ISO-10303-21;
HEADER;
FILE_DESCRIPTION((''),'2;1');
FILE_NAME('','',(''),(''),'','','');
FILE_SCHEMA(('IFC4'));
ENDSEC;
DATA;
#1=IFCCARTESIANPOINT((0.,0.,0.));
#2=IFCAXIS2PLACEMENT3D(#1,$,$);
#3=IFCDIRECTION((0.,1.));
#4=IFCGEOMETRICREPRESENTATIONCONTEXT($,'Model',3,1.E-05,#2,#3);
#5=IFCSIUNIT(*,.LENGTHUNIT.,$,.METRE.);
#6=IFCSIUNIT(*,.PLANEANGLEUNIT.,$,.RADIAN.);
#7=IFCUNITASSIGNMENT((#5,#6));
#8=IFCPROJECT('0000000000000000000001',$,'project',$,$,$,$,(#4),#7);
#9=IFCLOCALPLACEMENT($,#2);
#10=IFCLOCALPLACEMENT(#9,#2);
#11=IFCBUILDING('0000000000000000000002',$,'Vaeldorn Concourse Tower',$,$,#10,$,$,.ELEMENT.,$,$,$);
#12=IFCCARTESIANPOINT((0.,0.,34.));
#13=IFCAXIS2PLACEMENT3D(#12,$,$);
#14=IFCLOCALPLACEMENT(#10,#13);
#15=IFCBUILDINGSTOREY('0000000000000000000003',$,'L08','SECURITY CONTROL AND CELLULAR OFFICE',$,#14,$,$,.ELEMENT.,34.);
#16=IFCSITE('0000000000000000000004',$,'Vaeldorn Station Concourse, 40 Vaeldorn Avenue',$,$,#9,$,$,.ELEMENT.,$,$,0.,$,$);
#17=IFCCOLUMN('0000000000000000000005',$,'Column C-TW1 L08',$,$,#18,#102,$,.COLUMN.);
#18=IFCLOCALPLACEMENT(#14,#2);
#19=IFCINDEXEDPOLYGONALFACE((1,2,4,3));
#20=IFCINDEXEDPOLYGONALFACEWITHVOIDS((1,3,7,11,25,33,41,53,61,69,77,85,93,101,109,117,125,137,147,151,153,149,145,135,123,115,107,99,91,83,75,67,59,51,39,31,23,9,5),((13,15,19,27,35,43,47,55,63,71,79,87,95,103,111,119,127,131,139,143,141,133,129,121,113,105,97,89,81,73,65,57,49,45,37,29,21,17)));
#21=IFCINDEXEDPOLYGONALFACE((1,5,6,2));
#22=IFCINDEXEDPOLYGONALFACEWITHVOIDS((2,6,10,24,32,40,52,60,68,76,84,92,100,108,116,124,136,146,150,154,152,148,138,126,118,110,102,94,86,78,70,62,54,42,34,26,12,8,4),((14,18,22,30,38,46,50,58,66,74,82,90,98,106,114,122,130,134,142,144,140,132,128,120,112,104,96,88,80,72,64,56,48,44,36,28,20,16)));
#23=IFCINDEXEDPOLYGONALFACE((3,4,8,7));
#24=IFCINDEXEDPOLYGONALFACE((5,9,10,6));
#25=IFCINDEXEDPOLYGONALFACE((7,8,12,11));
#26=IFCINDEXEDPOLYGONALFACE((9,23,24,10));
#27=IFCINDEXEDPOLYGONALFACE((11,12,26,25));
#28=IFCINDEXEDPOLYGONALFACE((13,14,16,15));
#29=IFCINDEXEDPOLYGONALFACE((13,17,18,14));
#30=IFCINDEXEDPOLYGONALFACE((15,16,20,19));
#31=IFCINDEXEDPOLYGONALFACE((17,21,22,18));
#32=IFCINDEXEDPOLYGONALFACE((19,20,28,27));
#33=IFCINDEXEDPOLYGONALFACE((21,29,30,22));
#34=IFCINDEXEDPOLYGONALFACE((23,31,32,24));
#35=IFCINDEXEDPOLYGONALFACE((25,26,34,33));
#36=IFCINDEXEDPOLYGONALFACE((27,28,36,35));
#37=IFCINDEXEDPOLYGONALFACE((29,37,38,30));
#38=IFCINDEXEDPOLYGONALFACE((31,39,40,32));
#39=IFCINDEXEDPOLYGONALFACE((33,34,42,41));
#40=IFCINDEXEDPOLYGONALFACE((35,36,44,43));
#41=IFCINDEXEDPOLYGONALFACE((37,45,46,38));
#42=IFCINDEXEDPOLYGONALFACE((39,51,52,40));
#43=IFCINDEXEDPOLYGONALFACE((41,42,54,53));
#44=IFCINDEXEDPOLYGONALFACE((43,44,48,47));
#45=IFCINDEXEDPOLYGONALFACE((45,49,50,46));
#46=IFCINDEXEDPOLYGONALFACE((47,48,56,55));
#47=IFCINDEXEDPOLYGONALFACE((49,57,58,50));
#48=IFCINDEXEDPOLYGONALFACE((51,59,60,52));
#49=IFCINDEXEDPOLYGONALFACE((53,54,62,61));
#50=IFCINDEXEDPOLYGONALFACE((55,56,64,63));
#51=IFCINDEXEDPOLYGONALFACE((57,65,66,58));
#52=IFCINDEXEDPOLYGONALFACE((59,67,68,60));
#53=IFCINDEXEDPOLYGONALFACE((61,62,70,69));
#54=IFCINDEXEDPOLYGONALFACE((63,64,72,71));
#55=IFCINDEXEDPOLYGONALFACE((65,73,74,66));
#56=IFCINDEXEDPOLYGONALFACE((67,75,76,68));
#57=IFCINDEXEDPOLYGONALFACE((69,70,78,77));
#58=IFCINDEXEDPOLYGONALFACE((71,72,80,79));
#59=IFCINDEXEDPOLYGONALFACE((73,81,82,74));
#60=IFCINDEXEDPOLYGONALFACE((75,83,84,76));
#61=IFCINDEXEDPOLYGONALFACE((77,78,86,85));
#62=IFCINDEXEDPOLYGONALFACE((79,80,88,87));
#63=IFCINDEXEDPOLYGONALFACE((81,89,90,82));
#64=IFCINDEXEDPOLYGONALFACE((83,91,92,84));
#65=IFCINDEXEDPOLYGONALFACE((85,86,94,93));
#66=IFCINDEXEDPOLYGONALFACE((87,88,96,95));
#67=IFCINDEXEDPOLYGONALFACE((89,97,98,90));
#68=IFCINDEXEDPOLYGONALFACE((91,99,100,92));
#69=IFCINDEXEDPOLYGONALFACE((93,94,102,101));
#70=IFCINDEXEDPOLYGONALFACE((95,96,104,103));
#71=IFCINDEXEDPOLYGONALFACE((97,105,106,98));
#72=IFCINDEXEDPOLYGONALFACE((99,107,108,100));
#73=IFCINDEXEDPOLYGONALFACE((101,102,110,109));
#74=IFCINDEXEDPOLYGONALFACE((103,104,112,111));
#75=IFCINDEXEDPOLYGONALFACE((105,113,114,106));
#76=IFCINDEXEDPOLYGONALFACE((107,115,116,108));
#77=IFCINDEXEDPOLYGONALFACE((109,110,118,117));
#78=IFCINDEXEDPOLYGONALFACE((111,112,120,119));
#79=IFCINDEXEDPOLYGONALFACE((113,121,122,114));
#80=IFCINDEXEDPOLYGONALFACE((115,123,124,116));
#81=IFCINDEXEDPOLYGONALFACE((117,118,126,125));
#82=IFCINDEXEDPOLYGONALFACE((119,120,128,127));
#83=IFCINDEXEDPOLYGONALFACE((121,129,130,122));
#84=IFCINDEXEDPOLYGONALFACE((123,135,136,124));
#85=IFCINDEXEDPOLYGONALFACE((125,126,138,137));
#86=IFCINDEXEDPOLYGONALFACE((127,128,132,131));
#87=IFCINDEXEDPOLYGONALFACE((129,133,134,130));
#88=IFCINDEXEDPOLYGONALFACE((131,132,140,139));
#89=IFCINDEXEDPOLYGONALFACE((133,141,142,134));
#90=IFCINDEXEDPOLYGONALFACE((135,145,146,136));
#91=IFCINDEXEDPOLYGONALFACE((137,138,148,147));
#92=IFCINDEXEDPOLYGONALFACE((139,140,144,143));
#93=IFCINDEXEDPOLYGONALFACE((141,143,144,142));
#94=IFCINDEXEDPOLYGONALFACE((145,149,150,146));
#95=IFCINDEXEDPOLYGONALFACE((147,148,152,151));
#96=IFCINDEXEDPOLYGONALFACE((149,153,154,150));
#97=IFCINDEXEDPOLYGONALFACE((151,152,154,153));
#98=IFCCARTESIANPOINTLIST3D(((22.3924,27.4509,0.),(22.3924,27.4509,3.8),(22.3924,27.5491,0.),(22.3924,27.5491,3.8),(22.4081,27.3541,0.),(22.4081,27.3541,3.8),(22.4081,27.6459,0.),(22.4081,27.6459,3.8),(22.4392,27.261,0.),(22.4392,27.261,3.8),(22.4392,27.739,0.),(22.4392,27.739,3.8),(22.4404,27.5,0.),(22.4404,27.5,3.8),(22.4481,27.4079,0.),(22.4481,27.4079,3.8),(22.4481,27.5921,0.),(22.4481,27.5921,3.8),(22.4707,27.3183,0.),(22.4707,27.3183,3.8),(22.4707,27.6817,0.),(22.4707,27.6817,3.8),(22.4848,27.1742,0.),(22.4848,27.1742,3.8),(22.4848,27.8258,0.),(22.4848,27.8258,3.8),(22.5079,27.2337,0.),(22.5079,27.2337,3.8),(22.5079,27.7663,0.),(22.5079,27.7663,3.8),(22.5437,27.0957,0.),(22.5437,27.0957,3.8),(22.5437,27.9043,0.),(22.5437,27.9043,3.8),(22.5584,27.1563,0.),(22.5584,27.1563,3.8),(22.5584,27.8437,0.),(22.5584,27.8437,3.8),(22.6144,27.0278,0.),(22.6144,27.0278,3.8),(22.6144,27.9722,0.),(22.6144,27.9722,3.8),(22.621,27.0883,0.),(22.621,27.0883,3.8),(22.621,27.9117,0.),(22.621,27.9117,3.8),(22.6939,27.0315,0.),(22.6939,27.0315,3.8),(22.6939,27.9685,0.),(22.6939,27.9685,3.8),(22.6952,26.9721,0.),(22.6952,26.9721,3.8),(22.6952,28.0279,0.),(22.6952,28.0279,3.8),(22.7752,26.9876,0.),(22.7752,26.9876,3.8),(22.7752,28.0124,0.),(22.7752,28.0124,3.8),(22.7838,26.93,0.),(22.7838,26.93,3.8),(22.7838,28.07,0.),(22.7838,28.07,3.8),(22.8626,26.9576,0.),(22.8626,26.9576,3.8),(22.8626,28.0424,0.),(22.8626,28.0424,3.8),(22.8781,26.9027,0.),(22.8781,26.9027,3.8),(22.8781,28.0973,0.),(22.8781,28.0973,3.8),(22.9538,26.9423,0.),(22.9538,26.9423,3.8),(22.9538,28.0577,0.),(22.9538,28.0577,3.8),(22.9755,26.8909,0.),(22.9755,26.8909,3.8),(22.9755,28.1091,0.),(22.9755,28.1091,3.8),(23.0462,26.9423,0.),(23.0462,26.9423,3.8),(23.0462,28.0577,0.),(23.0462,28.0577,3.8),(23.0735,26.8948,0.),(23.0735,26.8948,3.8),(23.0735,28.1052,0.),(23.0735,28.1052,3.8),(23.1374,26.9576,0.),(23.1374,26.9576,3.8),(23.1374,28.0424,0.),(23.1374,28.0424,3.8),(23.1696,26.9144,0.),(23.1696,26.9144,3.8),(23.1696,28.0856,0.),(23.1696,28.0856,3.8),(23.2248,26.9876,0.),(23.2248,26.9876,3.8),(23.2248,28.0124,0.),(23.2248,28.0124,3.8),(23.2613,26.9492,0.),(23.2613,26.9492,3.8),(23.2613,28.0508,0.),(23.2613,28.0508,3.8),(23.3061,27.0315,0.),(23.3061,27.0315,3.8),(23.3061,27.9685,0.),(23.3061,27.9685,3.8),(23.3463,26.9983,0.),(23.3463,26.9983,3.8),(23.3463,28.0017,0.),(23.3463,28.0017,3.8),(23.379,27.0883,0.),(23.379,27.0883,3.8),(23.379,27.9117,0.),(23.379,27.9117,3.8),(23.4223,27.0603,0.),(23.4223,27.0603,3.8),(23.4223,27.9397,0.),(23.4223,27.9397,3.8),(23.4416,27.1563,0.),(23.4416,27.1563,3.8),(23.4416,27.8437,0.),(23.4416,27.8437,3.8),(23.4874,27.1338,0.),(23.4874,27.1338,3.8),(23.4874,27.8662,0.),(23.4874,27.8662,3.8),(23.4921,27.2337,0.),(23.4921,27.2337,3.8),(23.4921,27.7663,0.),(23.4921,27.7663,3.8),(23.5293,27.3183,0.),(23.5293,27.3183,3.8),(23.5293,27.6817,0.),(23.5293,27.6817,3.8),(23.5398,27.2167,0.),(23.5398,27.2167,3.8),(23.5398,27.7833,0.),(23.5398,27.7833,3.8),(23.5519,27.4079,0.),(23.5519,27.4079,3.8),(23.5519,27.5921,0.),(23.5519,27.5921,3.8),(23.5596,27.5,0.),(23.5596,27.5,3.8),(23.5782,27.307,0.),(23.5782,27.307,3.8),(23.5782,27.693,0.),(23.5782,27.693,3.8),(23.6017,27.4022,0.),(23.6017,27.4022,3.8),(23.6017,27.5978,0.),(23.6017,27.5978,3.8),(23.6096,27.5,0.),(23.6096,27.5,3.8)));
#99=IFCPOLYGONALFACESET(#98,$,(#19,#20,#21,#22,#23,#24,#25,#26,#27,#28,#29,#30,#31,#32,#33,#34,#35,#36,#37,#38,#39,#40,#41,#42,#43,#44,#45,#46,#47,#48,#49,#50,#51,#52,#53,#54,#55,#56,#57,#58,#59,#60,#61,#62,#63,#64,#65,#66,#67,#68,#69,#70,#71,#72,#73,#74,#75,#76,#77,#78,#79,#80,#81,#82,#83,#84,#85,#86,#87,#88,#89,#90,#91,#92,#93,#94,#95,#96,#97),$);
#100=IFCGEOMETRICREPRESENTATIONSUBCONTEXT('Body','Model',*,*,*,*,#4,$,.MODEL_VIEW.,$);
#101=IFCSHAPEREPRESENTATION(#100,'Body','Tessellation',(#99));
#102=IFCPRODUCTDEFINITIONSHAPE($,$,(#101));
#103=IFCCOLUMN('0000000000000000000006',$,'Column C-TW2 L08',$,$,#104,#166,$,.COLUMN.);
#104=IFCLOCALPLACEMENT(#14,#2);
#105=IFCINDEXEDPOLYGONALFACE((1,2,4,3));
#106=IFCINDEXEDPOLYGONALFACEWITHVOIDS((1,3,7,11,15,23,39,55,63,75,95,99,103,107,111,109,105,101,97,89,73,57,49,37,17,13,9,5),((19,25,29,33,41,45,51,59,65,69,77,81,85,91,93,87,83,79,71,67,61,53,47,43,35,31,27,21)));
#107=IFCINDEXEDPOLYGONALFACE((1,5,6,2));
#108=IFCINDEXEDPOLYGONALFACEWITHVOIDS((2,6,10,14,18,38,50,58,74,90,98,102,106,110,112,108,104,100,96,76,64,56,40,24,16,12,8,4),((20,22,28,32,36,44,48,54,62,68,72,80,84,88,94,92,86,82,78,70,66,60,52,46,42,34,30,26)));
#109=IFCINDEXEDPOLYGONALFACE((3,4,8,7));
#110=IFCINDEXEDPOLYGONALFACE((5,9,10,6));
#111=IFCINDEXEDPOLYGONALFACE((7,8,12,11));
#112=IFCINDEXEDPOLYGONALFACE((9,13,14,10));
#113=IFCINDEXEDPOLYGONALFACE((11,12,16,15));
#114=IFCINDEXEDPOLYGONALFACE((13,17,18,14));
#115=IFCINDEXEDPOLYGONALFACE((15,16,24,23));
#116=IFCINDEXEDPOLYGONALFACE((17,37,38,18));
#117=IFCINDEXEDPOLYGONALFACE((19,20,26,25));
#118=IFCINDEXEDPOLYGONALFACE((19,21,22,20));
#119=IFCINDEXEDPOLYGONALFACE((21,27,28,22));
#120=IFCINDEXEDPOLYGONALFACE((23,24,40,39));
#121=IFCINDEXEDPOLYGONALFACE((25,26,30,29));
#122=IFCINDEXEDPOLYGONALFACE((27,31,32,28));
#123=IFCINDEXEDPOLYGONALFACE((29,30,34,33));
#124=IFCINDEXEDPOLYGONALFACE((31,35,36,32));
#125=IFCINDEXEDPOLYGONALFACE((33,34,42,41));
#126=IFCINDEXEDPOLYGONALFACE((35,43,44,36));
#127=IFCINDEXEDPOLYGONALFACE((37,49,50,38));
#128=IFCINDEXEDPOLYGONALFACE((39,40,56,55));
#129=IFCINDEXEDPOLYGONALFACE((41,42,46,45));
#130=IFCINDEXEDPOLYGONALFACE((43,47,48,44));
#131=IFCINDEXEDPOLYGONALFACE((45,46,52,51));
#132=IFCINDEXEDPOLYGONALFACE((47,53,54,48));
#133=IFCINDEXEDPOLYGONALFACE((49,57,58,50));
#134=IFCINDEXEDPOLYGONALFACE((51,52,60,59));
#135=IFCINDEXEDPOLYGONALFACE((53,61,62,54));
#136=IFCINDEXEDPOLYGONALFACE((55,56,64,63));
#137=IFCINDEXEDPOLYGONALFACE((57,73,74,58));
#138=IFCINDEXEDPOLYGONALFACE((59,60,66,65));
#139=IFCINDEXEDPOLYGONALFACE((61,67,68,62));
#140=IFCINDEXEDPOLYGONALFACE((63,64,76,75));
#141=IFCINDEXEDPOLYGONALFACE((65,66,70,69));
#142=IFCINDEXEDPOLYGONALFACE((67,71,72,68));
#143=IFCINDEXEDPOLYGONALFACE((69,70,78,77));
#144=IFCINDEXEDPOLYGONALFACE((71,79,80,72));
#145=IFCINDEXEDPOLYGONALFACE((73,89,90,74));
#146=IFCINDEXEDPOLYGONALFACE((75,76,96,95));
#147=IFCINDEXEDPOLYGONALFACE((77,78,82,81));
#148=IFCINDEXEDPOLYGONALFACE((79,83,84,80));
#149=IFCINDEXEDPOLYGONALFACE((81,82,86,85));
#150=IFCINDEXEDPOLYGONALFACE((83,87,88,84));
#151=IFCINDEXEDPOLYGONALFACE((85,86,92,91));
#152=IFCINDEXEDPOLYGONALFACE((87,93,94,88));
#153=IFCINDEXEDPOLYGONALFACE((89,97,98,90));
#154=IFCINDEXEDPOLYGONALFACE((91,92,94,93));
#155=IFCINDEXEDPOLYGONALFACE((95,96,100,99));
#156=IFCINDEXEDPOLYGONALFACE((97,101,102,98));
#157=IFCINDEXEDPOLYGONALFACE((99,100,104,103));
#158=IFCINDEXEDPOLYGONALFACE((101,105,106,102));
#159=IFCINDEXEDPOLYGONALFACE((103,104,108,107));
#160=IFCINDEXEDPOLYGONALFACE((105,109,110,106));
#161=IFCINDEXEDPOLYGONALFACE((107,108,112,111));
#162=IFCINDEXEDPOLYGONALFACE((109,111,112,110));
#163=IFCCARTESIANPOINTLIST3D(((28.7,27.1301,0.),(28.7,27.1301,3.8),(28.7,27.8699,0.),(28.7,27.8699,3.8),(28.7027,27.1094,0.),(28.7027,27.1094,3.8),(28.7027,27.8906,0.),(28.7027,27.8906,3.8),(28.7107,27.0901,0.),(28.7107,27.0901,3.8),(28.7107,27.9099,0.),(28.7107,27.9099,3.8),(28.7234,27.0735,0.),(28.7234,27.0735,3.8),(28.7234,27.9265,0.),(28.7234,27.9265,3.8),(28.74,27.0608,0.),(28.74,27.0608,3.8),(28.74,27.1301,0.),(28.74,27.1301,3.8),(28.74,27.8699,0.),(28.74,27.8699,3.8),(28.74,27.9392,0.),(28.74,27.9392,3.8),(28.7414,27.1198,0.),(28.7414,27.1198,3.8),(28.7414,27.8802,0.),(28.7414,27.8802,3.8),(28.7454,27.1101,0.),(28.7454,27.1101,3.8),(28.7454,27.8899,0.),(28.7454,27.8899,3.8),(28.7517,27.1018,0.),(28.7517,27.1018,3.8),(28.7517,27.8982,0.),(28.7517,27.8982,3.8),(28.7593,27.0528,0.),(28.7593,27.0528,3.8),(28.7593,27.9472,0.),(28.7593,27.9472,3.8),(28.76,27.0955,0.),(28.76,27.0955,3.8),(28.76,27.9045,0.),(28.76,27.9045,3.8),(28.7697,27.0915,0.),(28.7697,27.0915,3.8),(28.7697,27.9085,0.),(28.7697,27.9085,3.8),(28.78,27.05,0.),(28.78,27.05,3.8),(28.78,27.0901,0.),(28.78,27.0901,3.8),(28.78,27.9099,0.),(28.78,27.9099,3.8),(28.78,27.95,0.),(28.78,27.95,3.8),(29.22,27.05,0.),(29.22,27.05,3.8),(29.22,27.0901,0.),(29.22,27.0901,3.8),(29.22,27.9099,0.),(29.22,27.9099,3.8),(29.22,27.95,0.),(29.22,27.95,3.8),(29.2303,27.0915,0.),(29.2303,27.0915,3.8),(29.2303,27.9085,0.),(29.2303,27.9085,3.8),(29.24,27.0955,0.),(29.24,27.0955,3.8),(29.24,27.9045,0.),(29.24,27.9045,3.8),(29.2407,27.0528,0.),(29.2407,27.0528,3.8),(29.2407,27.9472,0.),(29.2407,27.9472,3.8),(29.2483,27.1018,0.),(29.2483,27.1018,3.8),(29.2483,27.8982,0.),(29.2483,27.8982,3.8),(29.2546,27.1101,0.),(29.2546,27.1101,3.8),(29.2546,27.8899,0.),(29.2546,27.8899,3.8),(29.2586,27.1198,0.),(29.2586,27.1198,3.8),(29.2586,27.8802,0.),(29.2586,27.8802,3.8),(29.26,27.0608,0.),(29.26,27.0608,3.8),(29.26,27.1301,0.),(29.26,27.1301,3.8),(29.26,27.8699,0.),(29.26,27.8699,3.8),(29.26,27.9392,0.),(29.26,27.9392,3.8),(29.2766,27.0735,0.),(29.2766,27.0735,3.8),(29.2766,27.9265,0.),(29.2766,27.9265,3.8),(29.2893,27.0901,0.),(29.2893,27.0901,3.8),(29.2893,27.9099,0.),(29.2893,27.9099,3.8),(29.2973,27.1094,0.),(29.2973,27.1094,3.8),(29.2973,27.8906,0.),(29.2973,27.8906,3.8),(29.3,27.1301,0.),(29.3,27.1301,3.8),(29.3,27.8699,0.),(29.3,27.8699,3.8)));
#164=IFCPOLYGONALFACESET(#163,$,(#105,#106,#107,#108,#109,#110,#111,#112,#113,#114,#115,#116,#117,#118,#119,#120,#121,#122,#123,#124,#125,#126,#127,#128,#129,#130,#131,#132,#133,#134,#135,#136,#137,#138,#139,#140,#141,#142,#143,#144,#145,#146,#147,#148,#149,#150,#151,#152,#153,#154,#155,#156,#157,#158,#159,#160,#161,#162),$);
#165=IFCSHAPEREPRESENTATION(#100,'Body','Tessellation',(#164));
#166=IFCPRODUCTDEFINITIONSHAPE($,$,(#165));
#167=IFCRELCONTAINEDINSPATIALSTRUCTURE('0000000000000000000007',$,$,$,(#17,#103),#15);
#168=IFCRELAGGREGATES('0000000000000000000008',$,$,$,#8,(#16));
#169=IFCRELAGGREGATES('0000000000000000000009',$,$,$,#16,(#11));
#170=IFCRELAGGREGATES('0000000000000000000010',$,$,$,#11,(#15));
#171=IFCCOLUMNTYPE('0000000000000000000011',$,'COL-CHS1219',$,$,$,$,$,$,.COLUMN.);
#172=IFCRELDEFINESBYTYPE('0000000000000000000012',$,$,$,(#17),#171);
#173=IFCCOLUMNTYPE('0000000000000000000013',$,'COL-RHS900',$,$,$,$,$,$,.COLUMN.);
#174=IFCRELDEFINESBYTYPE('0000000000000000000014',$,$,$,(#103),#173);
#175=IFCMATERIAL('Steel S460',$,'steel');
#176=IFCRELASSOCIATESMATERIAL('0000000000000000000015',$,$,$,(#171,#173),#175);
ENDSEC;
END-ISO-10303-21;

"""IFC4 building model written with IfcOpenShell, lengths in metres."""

from ifc_helpers import new_model, si_unit, direction, frame, origin, origin_2d, place, context, subcontext, project, spatial, hollow_rectangle, hollow_circle, extrude, source, transform, mapped, material, material_profile, profile_set, type_object, element, save


model = new_model("IFC4")

# Units and contexts
model_context = context("Model", 3, precision=1e-05, world=origin(), true_north=direction((0.0, 1.0)))
body_context = subcontext(model_context, "Body", "Model", "MODEL_VIEW")
ifc_project = project(units=[si_unit("LENGTHUNIT", "METRE"), si_unit("PLANEANGLEUNIT", "RADIAN")], contexts=[model_context])

# Site, building, storey
site_placement = place(None, origin())
site = spatial("IfcSite", under=ifc_project, at=site_placement, Name="Vaeldorn Station Concourse, 40 Vaeldorn Avenue", CompositionType="ELEMENT", RefElevation=0.0)
building_placement = place(site_placement, origin())
building = spatial("IfcBuilding", under=site, at=building_placement, Name="Vaeldorn Concourse Tower", CompositionType="ELEMENT")
storey_placement = place(building_placement, frame((0.0, 0.0, 34.0)))
storey = spatial("IfcBuildingStorey", under=building, at=storey_placement, Name="L08", Description="SECURITY CONTROL AND CELLULAR OFFICE", CompositionType="ELEMENT", Elevation=34.0)

# Columns
ifc_material_1 = material(Name="Steel S460", Category="steel")
ifc_material_profile_1 = material_profile(ifc_material_1, hollow_circle(Radius=0.6096, WallThickness=0.05, at=origin_2d()), Name="CHS 1219x50")
ifc_profile_set_1 = profile_set([ifc_material_profile_1], Name="Steel S460")
column_type_1 = type_object("IfcColumnType", Name="COL-CHS1219", PredefinedType="COLUMN", material=ifc_profile_set_1)
shared_shape_1 = source(origin(), body_context, "Body", "SweptSolid", [
    extrude(hollow_circle(Radius=0.6096, WallThickness=0.05, at=origin_2d()), origin(), (0.0, 0.0, 1.0), 3.8),
])
column_1_placement = place(storey_placement, frame((23.0, 27.5, 0.0), z_axis=(0.0, 0.0, 1.0), x_axis=(1.0, 0.0, 0.0)))
element("IfcColumn", 1, at=column_1_placement, inside=storey, type_object=column_type_1, Name="Column C-TW1 L08", PredefinedType="COLUMN", context=body_context, shape_type="MappedRepresentation", body=[
    mapped(shared_shape_1, transform((0.0, 0.0, 0.0), scale=1.0)),
])
ifc_material_profile_2 = material_profile(ifc_material_1, hollow_rectangle(XDim=0.6001, YDim=0.8999, WallThickness=0.04, InnerFilletRadius=0.04, OuterFilletRadius=0.0801, at=origin_2d()), Name="RHS 900x600x40")
ifc_profile_set_2 = profile_set([ifc_material_profile_2], Name="Steel S460")
column_type_2 = type_object("IfcColumnType", Name="COL-RHS900", PredefinedType="COLUMN", material=ifc_profile_set_2)
shared_shape_2 = source(origin(), body_context, "Body", "SweptSolid", [
    extrude(hollow_rectangle(XDim=0.6001, YDim=0.8999, WallThickness=0.04, InnerFilletRadius=0.04, OuterFilletRadius=0.0801, at=origin_2d()), origin(), (0.0, 0.0, 1.0), 3.8),
])
for number, where, z_axis, x_axis, name in (
    (2, (29.0, 27.5, 0.0), (0.0, 0.0, 1.0), (1.0, 0.0, 0.0), "Column C-TW2 L08"),
):
    element("IfcColumn", number, at=place(storey_placement, frame(where, z_axis=z_axis, x_axis=x_axis)), inside=storey, type_object=column_type_2, Name=name, PredefinedType="COLUMN", context=body_context, shape_type="MappedRepresentation", body=[
        mapped(shared_shape_2, transform((0.0, 0.0, 0.0), scale=1.0)),
    ])

save(model, "model.ifc")
